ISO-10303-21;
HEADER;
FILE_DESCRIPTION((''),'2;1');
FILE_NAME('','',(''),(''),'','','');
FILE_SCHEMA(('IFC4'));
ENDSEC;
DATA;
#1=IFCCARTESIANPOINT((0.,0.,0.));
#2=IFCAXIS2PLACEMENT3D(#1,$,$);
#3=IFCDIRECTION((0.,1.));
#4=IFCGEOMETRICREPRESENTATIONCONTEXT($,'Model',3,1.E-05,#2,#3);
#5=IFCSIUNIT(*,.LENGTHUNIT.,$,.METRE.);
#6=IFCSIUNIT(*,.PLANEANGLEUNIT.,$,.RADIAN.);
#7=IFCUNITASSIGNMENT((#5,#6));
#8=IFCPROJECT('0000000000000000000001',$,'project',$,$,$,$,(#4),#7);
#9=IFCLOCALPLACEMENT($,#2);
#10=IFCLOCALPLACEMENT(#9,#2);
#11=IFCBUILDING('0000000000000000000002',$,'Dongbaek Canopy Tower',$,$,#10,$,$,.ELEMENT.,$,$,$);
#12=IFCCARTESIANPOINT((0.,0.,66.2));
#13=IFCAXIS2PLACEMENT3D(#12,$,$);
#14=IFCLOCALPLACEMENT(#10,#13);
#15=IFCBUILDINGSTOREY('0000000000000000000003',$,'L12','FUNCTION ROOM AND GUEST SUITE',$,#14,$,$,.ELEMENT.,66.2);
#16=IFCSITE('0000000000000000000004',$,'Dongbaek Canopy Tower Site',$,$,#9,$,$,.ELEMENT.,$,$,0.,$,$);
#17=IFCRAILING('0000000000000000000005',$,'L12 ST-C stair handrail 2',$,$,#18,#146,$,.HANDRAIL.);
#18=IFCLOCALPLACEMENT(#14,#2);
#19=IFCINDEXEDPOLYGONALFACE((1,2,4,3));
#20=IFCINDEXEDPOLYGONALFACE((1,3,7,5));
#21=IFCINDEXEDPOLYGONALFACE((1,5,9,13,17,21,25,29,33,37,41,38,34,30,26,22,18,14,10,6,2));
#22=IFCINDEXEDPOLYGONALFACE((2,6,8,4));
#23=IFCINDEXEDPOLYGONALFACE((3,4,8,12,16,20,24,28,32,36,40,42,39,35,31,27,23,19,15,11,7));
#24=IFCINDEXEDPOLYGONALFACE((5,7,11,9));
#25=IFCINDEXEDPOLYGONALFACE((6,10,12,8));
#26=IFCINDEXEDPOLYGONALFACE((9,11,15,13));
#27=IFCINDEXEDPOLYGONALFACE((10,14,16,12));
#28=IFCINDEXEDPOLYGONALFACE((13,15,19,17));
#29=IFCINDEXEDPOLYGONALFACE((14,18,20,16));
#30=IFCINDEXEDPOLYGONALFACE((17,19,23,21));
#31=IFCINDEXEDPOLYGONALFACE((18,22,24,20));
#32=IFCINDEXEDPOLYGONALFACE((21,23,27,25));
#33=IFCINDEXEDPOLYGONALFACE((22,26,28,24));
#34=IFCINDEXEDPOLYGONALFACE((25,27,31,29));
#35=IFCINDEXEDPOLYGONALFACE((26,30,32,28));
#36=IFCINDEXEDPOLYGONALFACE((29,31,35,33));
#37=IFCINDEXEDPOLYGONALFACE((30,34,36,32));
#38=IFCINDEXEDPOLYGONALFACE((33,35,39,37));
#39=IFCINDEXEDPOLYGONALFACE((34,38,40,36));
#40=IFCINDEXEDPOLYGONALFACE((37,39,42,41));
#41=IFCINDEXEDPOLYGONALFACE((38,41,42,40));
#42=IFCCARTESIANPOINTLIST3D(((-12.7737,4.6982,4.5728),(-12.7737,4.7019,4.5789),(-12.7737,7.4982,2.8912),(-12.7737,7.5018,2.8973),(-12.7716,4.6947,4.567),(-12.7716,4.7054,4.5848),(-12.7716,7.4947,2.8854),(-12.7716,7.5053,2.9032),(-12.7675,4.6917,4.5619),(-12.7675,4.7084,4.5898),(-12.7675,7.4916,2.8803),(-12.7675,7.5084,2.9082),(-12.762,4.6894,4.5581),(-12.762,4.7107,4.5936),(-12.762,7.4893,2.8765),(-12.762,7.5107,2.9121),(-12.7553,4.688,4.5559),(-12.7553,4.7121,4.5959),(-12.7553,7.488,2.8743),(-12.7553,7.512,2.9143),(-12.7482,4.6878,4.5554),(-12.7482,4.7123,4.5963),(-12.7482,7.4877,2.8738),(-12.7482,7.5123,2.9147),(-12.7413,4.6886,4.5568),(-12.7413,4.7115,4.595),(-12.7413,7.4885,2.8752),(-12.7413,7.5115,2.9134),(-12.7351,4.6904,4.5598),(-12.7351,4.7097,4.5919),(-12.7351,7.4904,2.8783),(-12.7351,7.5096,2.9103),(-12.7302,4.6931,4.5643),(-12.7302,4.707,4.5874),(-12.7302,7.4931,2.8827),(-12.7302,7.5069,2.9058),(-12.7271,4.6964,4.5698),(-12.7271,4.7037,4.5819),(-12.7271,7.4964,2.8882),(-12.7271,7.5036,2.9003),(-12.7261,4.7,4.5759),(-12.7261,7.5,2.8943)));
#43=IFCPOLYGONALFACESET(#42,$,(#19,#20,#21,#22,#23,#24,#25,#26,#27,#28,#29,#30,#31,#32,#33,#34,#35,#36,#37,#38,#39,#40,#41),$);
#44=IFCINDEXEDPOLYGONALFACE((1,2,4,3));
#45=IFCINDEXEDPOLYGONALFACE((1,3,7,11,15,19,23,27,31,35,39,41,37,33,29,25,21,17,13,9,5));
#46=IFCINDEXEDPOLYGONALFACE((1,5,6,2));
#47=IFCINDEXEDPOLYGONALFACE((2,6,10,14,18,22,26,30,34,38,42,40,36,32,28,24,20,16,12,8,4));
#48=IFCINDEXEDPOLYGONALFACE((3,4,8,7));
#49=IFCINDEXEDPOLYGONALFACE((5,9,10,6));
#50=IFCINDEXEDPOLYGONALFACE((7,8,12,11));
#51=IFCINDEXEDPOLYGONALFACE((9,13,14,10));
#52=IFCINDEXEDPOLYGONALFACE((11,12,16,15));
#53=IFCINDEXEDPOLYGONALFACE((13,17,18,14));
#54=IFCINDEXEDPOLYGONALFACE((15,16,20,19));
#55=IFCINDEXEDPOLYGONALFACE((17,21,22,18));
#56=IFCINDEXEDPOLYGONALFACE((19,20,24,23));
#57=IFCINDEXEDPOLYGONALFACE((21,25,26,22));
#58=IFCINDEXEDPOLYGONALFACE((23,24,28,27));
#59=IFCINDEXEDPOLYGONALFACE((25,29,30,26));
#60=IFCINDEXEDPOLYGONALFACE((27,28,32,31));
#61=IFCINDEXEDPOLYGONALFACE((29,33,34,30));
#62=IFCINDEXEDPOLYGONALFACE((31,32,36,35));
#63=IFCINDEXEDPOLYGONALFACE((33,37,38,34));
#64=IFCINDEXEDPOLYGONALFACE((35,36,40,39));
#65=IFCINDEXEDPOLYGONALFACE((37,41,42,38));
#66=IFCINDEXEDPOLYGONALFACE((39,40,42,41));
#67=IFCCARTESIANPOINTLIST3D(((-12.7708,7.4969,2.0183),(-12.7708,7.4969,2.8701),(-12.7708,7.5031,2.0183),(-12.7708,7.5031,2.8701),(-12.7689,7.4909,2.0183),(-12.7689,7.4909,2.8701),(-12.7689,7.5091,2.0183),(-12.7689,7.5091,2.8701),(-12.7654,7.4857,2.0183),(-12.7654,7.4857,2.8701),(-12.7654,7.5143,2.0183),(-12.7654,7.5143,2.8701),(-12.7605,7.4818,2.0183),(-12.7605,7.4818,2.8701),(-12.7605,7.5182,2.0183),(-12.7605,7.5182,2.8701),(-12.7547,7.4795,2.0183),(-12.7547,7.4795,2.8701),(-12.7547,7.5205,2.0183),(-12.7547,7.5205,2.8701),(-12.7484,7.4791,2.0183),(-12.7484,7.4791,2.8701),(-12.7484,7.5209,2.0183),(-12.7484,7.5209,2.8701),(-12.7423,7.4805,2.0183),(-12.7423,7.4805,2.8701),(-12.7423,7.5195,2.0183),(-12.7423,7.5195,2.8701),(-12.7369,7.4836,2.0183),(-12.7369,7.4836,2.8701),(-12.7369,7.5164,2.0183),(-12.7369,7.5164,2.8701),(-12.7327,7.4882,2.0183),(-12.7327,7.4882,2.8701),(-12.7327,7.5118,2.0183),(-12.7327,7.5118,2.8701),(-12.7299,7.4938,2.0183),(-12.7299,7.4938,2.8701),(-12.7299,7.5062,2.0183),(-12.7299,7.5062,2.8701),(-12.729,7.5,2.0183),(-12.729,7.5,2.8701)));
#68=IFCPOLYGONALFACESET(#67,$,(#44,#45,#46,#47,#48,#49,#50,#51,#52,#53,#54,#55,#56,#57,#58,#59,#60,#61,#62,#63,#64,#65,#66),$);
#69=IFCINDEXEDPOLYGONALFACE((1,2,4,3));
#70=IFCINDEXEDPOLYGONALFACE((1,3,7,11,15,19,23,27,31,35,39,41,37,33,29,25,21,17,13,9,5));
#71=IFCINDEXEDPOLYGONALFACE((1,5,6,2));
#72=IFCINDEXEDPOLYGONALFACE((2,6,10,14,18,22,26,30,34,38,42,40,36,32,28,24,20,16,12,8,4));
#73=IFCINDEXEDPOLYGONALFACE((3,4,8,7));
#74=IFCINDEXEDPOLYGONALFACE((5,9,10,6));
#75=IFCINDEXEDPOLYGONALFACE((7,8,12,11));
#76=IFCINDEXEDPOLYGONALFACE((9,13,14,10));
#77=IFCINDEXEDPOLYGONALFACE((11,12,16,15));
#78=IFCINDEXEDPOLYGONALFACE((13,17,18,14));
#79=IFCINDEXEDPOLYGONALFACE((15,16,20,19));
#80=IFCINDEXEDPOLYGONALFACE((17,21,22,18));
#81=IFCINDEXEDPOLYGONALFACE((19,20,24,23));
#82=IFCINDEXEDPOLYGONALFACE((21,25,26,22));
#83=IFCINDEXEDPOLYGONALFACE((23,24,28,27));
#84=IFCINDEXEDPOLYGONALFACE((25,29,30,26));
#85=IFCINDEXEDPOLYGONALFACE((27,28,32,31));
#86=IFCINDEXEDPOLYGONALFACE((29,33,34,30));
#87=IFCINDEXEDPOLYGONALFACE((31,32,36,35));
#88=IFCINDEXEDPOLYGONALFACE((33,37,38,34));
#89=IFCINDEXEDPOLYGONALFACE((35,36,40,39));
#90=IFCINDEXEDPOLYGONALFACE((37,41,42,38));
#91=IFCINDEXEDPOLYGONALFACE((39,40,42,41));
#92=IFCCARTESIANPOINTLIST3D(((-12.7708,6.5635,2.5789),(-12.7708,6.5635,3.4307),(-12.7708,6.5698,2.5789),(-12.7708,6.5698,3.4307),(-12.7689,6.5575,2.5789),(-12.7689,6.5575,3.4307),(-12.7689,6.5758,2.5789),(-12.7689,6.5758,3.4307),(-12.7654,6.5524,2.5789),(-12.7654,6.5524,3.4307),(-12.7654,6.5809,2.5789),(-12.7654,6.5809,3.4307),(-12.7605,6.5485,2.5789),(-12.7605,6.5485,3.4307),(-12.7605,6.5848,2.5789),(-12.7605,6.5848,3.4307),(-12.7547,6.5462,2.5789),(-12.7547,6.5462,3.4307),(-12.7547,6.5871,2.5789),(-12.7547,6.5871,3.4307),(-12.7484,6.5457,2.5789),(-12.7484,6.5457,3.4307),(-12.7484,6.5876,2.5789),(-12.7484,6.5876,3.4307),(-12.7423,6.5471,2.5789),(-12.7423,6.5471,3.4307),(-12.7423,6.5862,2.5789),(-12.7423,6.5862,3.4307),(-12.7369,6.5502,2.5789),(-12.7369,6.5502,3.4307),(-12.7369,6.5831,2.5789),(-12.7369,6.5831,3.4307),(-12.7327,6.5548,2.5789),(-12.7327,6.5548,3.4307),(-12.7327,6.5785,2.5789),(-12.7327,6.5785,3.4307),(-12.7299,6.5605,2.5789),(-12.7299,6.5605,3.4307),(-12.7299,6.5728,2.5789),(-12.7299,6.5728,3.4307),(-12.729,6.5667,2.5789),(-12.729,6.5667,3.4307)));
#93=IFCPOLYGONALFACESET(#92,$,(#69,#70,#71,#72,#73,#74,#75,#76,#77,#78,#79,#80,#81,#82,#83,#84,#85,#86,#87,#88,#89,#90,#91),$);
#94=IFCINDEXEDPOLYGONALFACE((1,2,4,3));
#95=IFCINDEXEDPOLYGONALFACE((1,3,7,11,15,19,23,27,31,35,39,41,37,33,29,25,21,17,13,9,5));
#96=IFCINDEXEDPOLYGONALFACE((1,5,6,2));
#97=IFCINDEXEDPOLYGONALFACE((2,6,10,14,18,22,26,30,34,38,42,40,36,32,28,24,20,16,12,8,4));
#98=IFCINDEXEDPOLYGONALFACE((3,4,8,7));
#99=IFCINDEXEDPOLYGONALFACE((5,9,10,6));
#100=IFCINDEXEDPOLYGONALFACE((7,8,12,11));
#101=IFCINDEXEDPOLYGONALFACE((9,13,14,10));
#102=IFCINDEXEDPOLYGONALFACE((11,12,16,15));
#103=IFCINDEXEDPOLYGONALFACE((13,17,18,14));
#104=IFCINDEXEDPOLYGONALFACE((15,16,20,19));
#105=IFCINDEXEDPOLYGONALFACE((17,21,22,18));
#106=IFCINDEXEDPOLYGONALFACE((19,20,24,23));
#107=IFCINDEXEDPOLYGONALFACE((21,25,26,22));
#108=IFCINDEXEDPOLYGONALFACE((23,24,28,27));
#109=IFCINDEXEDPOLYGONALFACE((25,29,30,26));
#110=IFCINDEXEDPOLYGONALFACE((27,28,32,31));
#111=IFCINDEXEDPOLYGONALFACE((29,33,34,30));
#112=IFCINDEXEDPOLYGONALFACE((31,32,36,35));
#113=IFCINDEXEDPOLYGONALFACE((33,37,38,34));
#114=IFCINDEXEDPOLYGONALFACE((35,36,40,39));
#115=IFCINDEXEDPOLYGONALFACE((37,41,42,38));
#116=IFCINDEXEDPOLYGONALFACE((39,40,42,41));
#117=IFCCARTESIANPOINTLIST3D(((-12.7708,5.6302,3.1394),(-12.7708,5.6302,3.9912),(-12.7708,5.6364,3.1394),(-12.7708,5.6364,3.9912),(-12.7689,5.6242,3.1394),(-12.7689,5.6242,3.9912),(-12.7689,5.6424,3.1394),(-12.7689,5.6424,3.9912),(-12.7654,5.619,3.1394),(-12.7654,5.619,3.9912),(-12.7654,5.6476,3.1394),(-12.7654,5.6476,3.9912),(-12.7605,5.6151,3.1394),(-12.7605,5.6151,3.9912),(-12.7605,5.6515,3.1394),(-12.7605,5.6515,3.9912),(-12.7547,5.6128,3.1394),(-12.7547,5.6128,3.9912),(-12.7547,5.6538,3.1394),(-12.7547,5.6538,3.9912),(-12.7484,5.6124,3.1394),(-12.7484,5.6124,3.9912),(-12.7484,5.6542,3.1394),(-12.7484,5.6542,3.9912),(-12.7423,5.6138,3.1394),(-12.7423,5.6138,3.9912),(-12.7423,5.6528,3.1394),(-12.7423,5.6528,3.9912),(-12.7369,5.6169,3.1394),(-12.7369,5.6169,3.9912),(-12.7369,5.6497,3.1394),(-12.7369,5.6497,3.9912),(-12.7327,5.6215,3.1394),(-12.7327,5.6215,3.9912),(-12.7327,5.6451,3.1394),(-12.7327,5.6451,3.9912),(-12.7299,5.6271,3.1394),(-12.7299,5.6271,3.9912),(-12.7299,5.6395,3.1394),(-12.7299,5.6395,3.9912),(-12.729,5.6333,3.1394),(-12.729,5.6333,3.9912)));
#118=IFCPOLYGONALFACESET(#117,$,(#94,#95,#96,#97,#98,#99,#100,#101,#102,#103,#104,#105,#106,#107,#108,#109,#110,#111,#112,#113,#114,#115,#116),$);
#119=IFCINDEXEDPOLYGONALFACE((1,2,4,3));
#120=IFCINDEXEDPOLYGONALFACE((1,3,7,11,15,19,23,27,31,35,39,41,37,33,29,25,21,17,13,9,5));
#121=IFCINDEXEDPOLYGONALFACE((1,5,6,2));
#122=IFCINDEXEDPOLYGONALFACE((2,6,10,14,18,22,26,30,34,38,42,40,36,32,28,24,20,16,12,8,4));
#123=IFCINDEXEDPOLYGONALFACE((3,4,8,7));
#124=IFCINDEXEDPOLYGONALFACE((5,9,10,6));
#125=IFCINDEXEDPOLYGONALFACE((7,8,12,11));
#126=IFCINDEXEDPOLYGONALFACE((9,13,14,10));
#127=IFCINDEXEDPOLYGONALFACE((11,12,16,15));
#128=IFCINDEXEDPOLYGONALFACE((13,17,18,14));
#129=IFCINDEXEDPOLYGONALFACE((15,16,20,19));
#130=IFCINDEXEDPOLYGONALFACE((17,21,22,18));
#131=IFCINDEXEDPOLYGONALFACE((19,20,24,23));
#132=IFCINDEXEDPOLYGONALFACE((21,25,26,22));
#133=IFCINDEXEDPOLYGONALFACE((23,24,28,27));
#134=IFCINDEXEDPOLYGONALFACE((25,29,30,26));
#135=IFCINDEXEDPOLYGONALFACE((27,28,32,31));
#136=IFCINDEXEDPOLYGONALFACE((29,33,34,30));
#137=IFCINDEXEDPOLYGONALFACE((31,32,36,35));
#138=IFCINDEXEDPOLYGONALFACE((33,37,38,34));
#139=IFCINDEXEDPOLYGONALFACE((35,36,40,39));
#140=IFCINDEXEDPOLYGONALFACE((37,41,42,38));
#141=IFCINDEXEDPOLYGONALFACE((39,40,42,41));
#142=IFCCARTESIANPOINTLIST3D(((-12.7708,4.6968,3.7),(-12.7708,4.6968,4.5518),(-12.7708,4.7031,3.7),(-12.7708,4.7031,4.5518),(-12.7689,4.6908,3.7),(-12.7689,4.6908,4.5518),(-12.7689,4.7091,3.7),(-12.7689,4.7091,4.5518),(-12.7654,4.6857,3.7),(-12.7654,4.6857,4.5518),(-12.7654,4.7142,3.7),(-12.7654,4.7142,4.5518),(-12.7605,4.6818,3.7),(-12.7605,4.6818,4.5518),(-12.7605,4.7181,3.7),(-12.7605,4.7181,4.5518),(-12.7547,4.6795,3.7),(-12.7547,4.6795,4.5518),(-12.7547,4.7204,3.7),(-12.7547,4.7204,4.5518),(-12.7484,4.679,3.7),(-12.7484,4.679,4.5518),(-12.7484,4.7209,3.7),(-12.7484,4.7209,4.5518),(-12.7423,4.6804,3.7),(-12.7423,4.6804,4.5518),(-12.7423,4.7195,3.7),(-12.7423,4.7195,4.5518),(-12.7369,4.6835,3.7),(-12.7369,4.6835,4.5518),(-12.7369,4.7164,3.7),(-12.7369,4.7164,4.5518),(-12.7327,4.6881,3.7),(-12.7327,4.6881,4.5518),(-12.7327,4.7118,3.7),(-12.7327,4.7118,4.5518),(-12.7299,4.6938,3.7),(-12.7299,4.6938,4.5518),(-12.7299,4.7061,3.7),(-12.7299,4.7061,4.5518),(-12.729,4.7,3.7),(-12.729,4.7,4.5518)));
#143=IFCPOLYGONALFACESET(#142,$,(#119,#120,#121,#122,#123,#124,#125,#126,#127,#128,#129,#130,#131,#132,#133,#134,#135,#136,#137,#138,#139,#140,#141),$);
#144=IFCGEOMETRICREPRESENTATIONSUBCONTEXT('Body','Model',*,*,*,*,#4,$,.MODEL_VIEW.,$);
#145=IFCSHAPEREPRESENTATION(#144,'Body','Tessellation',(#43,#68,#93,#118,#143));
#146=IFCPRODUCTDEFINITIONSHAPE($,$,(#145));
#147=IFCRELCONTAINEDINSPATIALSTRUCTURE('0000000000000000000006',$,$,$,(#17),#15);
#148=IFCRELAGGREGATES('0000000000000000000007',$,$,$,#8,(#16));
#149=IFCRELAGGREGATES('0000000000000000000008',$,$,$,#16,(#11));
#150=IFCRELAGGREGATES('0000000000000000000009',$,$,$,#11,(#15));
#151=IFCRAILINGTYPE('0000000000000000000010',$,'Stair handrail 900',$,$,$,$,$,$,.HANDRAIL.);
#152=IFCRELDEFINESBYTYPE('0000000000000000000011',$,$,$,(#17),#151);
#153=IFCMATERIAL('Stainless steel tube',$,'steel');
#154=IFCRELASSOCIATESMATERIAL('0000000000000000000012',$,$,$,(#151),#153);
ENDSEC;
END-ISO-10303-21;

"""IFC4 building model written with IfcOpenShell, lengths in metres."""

from ifc_helpers import new_model, si_unit, direction, frame, origin, origin_2d, place, context, subcontext, project, spatial, circle, extrude, material, type_object, element, save


model = new_model("IFC4")

# Units and contexts
model_context = context("Model", 3, precision=1e-05, world=origin(), true_north=direction((0.0, 1.0)))
body_context = subcontext(model_context, "Body", "Model", "MODEL_VIEW")
ifc_project = project(units=[si_unit("LENGTHUNIT", "METRE"), si_unit("PLANEANGLEUNIT", "RADIAN")], contexts=[model_context])

# Site, building, storey
site_placement = place(None, origin())
site = spatial("IfcSite", under=ifc_project, at=site_placement, Name="Dongbaek Canopy Tower Site", CompositionType="ELEMENT", RefElevation=0.0)
building_placement = place(site_placement, origin())
building = spatial("IfcBuilding", under=site, at=building_placement, Name="Dongbaek Canopy Tower", CompositionType="ELEMENT")
storey_placement = place(building_placement, frame((0.0, 0.0, 66.2)))
storey = spatial("IfcBuildingStorey", under=building, at=storey_placement, Name="L12", Description="FUNCTION ROOM AND GUEST SUITE", CompositionType="ELEMENT", Elevation=66.2)

# Railing
ifc_material_1 = material(Name="Stainless steel tube", Category="steel")
railing_type_1 = type_object("IfcRailingType", Name="Stair handrail 900", PredefinedType="HANDRAIL", material=ifc_material_1)
railing_1_placement = place(storey_placement, frame((-12.75, 7.5, 2.0183)))
element("IfcRailing", 1, at=railing_1_placement, inside=storey, type_object=railing_type_1, Name="L12 ST-C stair handrail 2", PredefinedType="HANDRAIL", context=body_context, shape_type="SweptSolid", body=[
    extrude(circle(Radius=0.0239, at=origin_2d()), frame((0.0, 0.0, 0.876), z_axis=(0.0, -0.857275, 0.514858), x_axis=(1.0, 0.0, 0.0)), (0.0, 0.0, 1.0), 3.2661),
    extrude(circle(Radius=0.021, at=origin_2d()), origin(), (0.0, 0.0, 1.0), 0.8518),
    extrude(circle(Radius=0.021, at=origin_2d()), frame((0.0, -0.9333, 0.5605)), (0.0, 0.0, 1.0), 0.8518),
    extrude(circle(Radius=0.021, at=origin_2d()), frame((0.0, -1.8667, 1.1211)), (0.0, 0.0, 1.0), 0.8518),
    extrude(circle(Radius=0.021, at=origin_2d()), frame((0.0, -2.8, 1.6816)), (0.0, 0.0, 1.0), 0.8518),
])

save(model, "model.ifc")
